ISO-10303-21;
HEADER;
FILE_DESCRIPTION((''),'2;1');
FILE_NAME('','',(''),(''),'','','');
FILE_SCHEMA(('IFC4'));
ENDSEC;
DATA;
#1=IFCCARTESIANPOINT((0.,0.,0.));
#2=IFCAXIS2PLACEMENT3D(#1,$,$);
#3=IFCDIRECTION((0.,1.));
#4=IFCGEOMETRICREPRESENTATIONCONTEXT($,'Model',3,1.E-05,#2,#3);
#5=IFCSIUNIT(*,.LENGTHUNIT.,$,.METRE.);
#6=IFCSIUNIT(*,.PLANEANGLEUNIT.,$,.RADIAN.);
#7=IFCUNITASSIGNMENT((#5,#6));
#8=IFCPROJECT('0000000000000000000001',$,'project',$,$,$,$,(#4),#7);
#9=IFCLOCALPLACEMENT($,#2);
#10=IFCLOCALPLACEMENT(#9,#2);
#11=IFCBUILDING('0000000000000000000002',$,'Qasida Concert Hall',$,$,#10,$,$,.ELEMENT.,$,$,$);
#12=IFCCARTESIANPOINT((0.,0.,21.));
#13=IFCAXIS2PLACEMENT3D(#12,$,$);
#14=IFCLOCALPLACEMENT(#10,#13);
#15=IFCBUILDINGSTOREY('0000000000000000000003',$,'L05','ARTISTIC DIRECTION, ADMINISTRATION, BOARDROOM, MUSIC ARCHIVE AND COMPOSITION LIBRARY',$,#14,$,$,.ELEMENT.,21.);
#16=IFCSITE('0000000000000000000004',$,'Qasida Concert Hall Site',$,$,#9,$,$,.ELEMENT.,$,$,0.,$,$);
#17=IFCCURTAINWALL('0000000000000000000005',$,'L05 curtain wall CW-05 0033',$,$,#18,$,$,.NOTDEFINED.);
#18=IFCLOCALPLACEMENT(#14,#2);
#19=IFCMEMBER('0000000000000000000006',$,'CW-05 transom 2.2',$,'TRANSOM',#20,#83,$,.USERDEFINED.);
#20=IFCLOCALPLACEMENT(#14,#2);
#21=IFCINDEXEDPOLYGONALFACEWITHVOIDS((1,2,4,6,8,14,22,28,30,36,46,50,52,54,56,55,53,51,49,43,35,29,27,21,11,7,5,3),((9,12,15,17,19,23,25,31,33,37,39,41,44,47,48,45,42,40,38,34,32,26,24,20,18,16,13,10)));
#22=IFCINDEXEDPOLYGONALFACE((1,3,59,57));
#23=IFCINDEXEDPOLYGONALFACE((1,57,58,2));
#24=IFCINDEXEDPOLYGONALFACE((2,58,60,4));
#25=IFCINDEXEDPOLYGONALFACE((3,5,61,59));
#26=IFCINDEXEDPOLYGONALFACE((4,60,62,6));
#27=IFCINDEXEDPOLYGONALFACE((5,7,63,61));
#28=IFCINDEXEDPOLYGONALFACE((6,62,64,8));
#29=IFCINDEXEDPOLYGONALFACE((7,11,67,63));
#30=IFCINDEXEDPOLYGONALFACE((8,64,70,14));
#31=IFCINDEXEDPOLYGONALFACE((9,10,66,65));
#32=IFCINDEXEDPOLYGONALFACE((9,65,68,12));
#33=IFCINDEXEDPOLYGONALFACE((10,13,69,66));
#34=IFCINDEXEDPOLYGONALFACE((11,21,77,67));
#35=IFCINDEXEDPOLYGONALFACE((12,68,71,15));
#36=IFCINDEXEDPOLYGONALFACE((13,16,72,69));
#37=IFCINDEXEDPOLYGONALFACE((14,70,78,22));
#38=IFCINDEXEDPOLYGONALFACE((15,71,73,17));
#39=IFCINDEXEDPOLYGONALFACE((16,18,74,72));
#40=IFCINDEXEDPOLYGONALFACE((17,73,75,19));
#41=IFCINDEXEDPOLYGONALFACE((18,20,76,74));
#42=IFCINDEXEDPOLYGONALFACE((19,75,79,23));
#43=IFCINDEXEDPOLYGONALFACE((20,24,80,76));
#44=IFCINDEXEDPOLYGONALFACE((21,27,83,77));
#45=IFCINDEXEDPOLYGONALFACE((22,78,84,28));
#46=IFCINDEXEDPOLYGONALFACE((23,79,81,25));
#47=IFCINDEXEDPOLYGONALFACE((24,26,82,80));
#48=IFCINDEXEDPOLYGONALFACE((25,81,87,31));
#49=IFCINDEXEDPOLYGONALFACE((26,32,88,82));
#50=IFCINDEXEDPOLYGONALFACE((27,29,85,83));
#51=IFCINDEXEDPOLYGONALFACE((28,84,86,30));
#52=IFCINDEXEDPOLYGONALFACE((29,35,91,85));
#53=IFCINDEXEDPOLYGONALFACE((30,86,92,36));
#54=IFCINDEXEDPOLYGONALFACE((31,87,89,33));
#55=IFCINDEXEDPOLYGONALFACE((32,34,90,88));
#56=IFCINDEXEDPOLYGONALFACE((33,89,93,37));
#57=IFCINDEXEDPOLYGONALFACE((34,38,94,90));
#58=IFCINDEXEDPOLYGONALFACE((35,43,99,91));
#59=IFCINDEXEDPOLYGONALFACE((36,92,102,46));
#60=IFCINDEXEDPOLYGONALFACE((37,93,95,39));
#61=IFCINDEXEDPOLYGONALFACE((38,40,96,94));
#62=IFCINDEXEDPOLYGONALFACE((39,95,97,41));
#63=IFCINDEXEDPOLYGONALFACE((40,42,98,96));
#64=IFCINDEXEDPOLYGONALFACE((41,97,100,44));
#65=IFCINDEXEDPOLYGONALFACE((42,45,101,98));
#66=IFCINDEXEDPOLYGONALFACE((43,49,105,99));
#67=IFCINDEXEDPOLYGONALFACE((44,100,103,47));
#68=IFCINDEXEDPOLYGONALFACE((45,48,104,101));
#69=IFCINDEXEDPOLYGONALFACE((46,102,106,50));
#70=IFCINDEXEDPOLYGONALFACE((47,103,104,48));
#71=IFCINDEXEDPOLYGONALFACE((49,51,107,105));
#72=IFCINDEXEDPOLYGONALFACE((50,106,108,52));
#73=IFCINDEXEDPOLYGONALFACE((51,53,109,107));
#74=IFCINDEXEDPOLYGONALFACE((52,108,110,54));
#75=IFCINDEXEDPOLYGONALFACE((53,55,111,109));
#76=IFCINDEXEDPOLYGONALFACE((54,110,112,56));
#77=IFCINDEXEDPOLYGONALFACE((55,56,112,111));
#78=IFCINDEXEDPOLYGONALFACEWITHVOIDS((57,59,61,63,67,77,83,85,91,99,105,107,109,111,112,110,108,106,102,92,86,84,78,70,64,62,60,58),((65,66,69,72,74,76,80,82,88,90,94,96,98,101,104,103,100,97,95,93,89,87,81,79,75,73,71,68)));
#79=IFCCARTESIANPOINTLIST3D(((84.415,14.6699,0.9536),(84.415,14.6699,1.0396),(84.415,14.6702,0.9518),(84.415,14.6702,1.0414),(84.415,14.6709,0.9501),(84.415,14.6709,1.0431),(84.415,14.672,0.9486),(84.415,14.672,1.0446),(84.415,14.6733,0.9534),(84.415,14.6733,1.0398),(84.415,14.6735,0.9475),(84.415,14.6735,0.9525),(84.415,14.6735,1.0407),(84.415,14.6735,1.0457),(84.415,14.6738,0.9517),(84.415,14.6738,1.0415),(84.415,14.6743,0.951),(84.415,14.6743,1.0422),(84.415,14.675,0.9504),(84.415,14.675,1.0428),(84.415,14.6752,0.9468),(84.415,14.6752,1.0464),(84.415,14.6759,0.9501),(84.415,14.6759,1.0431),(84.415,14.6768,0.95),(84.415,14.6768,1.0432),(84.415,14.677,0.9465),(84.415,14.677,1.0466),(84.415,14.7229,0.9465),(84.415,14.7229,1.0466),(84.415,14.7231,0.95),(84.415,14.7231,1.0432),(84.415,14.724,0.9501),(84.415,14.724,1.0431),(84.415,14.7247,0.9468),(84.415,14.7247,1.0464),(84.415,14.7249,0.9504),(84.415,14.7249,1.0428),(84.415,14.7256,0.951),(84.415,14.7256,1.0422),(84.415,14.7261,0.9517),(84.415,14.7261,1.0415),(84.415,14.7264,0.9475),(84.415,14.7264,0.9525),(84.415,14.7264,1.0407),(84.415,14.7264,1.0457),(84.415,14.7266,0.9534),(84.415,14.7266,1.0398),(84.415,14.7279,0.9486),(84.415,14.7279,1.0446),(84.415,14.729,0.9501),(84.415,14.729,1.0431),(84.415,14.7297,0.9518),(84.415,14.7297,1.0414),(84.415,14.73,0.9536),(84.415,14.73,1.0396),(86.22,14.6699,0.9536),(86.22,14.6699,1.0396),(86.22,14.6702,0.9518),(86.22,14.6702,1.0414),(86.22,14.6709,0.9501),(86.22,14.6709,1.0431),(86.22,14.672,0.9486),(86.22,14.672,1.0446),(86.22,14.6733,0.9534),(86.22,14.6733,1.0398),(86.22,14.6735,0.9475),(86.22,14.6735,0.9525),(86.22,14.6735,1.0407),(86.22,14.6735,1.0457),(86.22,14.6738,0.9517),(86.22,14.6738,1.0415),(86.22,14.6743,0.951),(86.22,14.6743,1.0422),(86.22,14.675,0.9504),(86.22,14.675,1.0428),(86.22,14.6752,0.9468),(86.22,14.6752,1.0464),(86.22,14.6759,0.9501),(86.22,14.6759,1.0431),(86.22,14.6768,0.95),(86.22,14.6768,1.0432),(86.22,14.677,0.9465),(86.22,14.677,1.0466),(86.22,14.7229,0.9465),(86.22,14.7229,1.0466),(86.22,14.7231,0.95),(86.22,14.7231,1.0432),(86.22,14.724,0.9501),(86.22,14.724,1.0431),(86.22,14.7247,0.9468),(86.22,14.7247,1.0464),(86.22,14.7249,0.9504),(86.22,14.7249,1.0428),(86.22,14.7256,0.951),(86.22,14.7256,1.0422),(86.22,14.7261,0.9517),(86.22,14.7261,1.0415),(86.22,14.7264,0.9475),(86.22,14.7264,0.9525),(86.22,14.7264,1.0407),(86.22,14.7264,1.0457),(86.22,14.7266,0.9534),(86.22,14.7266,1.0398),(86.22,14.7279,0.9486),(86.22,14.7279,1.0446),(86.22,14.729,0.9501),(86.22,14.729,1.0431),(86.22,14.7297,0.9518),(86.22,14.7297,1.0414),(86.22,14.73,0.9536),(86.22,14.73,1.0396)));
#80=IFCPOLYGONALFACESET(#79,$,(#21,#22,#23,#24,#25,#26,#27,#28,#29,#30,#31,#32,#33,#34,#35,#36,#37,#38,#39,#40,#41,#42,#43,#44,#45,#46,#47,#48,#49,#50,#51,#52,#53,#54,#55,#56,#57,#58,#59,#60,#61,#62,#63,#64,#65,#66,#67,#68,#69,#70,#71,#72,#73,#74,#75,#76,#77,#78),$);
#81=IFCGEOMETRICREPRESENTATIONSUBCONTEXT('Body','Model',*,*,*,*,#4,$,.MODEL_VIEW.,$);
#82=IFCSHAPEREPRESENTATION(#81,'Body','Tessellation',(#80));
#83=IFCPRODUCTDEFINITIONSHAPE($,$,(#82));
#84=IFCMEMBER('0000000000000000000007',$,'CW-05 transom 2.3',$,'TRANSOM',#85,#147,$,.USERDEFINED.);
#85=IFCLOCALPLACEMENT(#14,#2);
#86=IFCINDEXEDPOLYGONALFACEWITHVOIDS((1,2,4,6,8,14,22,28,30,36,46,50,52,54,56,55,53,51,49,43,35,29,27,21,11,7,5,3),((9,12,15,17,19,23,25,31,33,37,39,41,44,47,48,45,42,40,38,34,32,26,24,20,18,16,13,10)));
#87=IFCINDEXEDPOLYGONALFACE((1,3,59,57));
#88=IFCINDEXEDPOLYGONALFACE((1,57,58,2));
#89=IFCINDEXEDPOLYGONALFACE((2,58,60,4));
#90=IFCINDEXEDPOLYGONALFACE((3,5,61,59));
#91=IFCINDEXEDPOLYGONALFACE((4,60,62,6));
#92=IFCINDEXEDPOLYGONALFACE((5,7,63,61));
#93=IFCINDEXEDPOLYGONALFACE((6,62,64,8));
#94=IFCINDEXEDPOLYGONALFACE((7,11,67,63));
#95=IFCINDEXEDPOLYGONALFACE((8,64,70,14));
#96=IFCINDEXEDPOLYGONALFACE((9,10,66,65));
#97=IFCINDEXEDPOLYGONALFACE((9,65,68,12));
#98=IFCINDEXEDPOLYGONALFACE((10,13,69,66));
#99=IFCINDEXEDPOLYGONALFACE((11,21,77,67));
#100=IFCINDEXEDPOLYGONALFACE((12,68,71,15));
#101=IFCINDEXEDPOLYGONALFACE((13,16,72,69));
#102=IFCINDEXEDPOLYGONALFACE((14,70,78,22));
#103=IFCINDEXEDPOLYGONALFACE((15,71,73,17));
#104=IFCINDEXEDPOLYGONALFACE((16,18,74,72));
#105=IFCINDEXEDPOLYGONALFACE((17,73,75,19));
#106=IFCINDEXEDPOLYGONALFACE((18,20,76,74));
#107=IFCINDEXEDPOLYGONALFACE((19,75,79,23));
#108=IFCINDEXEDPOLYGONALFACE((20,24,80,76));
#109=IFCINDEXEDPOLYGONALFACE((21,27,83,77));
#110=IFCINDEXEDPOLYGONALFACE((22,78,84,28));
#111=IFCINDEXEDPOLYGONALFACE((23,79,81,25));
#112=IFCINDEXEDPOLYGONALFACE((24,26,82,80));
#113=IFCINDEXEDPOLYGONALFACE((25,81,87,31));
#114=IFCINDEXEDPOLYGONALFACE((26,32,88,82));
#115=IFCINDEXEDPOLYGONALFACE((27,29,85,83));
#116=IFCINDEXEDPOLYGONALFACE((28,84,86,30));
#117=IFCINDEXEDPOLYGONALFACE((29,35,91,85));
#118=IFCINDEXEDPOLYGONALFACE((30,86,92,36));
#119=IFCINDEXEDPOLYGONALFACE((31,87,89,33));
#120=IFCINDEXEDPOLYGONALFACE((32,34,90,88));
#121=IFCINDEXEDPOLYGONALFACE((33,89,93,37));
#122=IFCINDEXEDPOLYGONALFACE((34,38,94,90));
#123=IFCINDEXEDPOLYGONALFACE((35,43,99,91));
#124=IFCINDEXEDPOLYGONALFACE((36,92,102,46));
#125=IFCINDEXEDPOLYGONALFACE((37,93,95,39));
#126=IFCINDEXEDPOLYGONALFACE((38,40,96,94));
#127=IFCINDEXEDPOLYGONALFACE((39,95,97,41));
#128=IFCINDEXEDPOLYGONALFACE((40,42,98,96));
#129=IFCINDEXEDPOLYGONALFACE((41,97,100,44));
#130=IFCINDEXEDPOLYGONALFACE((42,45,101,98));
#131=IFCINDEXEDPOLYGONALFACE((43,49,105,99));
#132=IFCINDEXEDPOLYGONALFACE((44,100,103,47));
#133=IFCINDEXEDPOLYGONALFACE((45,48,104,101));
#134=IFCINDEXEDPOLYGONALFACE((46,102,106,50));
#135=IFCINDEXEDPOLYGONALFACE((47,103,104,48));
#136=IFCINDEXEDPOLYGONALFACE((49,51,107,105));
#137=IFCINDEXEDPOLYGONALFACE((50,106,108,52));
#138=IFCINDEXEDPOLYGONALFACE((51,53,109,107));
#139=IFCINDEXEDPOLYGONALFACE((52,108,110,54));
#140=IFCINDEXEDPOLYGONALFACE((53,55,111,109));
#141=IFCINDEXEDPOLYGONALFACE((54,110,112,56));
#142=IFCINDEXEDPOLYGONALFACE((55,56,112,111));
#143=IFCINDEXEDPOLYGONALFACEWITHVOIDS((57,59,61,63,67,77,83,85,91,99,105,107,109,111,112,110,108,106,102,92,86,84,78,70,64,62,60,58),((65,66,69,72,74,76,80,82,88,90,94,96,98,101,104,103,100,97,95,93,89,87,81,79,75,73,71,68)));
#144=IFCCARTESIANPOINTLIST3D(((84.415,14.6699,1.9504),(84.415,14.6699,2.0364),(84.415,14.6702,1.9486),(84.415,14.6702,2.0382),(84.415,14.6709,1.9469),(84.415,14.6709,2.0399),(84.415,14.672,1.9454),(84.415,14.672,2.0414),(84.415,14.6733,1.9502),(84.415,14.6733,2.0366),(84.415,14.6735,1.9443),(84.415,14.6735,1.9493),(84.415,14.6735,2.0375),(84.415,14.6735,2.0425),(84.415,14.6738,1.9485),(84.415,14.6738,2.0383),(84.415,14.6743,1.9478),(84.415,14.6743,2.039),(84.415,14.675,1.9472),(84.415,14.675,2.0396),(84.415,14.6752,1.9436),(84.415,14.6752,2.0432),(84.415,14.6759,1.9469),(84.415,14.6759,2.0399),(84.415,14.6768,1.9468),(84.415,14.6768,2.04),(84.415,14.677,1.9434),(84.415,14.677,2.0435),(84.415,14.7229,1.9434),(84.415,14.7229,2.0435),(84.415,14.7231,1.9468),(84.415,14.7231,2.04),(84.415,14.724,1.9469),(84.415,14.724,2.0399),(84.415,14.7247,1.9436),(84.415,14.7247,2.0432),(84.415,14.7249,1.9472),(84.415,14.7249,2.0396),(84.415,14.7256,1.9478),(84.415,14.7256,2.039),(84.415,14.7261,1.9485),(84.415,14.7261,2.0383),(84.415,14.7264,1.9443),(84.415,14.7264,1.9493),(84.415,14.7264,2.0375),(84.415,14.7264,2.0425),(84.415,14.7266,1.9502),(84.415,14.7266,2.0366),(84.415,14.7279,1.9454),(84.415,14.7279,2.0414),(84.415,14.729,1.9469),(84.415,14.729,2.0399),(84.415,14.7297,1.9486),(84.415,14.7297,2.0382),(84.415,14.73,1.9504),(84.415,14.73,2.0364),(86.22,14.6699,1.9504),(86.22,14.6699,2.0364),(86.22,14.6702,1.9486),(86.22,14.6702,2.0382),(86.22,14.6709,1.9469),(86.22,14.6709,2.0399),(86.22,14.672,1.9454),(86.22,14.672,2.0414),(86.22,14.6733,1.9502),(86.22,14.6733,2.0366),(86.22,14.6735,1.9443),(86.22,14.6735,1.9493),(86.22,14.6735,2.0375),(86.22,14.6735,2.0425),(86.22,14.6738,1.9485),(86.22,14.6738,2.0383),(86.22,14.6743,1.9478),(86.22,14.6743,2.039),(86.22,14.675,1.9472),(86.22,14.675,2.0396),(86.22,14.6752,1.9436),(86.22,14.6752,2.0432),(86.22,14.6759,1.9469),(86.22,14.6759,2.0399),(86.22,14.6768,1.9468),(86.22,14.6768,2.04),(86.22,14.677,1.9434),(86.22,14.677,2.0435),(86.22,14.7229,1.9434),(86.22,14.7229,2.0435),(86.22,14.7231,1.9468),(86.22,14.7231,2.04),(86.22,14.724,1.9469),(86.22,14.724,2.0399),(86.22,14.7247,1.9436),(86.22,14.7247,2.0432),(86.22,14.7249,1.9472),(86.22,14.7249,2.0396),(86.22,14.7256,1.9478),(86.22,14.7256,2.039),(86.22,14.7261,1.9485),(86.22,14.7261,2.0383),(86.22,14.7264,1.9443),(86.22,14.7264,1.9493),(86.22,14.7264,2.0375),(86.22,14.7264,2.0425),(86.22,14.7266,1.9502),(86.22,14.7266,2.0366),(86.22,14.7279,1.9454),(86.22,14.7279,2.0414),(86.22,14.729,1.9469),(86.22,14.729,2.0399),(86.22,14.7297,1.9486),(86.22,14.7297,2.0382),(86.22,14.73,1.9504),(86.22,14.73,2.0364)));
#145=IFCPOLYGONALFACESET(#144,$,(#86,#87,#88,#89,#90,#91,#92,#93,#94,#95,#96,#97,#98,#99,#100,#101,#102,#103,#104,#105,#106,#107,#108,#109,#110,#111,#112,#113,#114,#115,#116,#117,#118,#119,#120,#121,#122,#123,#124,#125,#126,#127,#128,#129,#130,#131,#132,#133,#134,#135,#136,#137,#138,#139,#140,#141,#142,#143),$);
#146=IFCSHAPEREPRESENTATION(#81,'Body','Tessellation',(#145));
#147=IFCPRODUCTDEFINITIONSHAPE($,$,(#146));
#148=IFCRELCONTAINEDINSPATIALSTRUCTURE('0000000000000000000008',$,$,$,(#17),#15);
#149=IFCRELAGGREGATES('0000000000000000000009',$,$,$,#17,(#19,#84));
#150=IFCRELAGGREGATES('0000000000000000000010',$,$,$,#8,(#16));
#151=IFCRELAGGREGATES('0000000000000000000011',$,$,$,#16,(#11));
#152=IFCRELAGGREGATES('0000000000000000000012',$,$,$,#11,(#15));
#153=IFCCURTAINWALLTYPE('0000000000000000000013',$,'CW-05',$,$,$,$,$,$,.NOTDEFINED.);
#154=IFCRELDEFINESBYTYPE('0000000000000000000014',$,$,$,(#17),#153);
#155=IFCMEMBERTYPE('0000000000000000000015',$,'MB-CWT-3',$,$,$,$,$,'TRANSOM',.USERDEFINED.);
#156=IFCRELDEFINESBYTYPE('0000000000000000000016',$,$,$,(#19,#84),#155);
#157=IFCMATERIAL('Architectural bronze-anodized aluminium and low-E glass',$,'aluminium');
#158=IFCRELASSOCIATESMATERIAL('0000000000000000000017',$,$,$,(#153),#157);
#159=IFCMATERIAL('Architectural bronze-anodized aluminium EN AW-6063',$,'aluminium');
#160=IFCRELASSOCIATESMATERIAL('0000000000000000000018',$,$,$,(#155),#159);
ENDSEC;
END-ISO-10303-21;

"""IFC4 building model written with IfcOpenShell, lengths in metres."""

from ifc_helpers import new_model, si_unit, direction, frame, origin, origin_2d, place, context, subcontext, project, spatial, hollow_rectangle, extrude, material, material_profile, profile_set, type_object, element, aggregate, save


model = new_model("IFC4")

# Units and contexts
model_context = context("Model", 3, precision=1e-05, world=origin(), true_north=direction((0.0, 1.0)))
body_context = subcontext(model_context, "Body", "Model", "MODEL_VIEW")
ifc_project = project(units=[si_unit("LENGTHUNIT", "METRE"), si_unit("PLANEANGLEUNIT", "RADIAN")], contexts=[model_context])

# Site, building, storey
site_placement = place(None, origin())
site = spatial("IfcSite", under=ifc_project, at=site_placement, Name="Qasida Concert Hall Site", CompositionType="ELEMENT", RefElevation=0.0)
building_placement = place(site_placement, origin())
building = spatial("IfcBuilding", under=site, at=building_placement, Name="Qasida Concert Hall", CompositionType="ELEMENT")
storey_placement = place(building_placement, frame((0.0, 0.0, 21.0)))
storey = spatial("IfcBuildingStorey", under=building, at=storey_placement, Name="L05", Description="ARTISTIC DIRECTION, ADMINISTRATION, BOARDROOM, MUSIC ARCHIVE AND COMPOSITION LIBRARY", CompositionType="ELEMENT", Elevation=21.0)

# Shared definitions
ifc_material_1 = material(Name="Architectural bronze-anodized aluminium and low-E glass", Category="aluminium")
curtain_wall_type = type_object("IfcCurtainWallType", Name="CW-05", PredefinedType="NOTDEFINED", material=ifc_material_1)
ifc_material_2 = material(Name="Architectural bronze-anodized aluminium EN AW-6063", Category="aluminium")

# Curtain wall, members
curtain_wall_1_placement = place(storey_placement, origin())
curtain_wall_1 = element("IfcCurtainWall", 1, at=curtain_wall_1_placement, inside=storey, type_object=curtain_wall_type, Name="L05 curtain wall CW-05 0033", PredefinedType="NOTDEFINED")
ifc_material_profile_1 = material_profile(ifc_material_2, hollow_rectangle(XDim=0.0601, YDim=0.1001, WallThickness=0.0034, InnerFilletRadius=0.0034, OuterFilletRadius=0.0071, at=origin_2d()), Name="CWT 100x60x3.5")
ifc_profile_set_1 = profile_set([ifc_material_profile_1], Name="Architectural bronze-anodized aluminium EN AW-6063")
member_type_1 = type_object("IfcMemberType", Name="MB-CWT-3", ElementType="TRANSOM", PredefinedType="USERDEFINED", material=ifc_profile_set_1)
member_1_placement = place(storey_placement, frame((84.415, 14.7, 0.9966), z_axis=(1.0, 0.0, 0.0), x_axis=(0.0, 1.0, 0.0)))
member_1 = element("IfcMember", 2, at=member_1_placement, type_object=member_type_1, Name="CW-05 transom 2.2", ObjectType="TRANSOM", PredefinedType="USERDEFINED", context=body_context, shape_type="SweptSolid", body=[
    extrude(hollow_rectangle(XDim=0.0601, YDim=0.1001, WallThickness=0.0034, InnerFilletRadius=0.0034, OuterFilletRadius=0.0071, at=origin_2d()), origin(), (0.0, 0.0, 1.0), 1.8049),
])
member_2_placement = place(storey_placement, frame((84.415, 14.7, 1.9934), z_axis=(1.0, 0.0, 0.0), x_axis=(0.0, 1.0, 0.0)))
member_2 = element("IfcMember", 3, at=member_2_placement, type_object=member_type_1, Name="CW-05 transom 2.3", ObjectType="TRANSOM", PredefinedType="USERDEFINED", context=body_context, shape_type="SweptSolid", body=[
    extrude(hollow_rectangle(XDim=0.0601, YDim=0.1001, WallThickness=0.0034, InnerFilletRadius=0.0034, OuterFilletRadius=0.0071, at=origin_2d()), origin(), (0.0, 0.0, 1.0), 1.8049),
])

aggregate(curtain_wall_1, [member_1, member_2])

save(model, "model.ifc")
